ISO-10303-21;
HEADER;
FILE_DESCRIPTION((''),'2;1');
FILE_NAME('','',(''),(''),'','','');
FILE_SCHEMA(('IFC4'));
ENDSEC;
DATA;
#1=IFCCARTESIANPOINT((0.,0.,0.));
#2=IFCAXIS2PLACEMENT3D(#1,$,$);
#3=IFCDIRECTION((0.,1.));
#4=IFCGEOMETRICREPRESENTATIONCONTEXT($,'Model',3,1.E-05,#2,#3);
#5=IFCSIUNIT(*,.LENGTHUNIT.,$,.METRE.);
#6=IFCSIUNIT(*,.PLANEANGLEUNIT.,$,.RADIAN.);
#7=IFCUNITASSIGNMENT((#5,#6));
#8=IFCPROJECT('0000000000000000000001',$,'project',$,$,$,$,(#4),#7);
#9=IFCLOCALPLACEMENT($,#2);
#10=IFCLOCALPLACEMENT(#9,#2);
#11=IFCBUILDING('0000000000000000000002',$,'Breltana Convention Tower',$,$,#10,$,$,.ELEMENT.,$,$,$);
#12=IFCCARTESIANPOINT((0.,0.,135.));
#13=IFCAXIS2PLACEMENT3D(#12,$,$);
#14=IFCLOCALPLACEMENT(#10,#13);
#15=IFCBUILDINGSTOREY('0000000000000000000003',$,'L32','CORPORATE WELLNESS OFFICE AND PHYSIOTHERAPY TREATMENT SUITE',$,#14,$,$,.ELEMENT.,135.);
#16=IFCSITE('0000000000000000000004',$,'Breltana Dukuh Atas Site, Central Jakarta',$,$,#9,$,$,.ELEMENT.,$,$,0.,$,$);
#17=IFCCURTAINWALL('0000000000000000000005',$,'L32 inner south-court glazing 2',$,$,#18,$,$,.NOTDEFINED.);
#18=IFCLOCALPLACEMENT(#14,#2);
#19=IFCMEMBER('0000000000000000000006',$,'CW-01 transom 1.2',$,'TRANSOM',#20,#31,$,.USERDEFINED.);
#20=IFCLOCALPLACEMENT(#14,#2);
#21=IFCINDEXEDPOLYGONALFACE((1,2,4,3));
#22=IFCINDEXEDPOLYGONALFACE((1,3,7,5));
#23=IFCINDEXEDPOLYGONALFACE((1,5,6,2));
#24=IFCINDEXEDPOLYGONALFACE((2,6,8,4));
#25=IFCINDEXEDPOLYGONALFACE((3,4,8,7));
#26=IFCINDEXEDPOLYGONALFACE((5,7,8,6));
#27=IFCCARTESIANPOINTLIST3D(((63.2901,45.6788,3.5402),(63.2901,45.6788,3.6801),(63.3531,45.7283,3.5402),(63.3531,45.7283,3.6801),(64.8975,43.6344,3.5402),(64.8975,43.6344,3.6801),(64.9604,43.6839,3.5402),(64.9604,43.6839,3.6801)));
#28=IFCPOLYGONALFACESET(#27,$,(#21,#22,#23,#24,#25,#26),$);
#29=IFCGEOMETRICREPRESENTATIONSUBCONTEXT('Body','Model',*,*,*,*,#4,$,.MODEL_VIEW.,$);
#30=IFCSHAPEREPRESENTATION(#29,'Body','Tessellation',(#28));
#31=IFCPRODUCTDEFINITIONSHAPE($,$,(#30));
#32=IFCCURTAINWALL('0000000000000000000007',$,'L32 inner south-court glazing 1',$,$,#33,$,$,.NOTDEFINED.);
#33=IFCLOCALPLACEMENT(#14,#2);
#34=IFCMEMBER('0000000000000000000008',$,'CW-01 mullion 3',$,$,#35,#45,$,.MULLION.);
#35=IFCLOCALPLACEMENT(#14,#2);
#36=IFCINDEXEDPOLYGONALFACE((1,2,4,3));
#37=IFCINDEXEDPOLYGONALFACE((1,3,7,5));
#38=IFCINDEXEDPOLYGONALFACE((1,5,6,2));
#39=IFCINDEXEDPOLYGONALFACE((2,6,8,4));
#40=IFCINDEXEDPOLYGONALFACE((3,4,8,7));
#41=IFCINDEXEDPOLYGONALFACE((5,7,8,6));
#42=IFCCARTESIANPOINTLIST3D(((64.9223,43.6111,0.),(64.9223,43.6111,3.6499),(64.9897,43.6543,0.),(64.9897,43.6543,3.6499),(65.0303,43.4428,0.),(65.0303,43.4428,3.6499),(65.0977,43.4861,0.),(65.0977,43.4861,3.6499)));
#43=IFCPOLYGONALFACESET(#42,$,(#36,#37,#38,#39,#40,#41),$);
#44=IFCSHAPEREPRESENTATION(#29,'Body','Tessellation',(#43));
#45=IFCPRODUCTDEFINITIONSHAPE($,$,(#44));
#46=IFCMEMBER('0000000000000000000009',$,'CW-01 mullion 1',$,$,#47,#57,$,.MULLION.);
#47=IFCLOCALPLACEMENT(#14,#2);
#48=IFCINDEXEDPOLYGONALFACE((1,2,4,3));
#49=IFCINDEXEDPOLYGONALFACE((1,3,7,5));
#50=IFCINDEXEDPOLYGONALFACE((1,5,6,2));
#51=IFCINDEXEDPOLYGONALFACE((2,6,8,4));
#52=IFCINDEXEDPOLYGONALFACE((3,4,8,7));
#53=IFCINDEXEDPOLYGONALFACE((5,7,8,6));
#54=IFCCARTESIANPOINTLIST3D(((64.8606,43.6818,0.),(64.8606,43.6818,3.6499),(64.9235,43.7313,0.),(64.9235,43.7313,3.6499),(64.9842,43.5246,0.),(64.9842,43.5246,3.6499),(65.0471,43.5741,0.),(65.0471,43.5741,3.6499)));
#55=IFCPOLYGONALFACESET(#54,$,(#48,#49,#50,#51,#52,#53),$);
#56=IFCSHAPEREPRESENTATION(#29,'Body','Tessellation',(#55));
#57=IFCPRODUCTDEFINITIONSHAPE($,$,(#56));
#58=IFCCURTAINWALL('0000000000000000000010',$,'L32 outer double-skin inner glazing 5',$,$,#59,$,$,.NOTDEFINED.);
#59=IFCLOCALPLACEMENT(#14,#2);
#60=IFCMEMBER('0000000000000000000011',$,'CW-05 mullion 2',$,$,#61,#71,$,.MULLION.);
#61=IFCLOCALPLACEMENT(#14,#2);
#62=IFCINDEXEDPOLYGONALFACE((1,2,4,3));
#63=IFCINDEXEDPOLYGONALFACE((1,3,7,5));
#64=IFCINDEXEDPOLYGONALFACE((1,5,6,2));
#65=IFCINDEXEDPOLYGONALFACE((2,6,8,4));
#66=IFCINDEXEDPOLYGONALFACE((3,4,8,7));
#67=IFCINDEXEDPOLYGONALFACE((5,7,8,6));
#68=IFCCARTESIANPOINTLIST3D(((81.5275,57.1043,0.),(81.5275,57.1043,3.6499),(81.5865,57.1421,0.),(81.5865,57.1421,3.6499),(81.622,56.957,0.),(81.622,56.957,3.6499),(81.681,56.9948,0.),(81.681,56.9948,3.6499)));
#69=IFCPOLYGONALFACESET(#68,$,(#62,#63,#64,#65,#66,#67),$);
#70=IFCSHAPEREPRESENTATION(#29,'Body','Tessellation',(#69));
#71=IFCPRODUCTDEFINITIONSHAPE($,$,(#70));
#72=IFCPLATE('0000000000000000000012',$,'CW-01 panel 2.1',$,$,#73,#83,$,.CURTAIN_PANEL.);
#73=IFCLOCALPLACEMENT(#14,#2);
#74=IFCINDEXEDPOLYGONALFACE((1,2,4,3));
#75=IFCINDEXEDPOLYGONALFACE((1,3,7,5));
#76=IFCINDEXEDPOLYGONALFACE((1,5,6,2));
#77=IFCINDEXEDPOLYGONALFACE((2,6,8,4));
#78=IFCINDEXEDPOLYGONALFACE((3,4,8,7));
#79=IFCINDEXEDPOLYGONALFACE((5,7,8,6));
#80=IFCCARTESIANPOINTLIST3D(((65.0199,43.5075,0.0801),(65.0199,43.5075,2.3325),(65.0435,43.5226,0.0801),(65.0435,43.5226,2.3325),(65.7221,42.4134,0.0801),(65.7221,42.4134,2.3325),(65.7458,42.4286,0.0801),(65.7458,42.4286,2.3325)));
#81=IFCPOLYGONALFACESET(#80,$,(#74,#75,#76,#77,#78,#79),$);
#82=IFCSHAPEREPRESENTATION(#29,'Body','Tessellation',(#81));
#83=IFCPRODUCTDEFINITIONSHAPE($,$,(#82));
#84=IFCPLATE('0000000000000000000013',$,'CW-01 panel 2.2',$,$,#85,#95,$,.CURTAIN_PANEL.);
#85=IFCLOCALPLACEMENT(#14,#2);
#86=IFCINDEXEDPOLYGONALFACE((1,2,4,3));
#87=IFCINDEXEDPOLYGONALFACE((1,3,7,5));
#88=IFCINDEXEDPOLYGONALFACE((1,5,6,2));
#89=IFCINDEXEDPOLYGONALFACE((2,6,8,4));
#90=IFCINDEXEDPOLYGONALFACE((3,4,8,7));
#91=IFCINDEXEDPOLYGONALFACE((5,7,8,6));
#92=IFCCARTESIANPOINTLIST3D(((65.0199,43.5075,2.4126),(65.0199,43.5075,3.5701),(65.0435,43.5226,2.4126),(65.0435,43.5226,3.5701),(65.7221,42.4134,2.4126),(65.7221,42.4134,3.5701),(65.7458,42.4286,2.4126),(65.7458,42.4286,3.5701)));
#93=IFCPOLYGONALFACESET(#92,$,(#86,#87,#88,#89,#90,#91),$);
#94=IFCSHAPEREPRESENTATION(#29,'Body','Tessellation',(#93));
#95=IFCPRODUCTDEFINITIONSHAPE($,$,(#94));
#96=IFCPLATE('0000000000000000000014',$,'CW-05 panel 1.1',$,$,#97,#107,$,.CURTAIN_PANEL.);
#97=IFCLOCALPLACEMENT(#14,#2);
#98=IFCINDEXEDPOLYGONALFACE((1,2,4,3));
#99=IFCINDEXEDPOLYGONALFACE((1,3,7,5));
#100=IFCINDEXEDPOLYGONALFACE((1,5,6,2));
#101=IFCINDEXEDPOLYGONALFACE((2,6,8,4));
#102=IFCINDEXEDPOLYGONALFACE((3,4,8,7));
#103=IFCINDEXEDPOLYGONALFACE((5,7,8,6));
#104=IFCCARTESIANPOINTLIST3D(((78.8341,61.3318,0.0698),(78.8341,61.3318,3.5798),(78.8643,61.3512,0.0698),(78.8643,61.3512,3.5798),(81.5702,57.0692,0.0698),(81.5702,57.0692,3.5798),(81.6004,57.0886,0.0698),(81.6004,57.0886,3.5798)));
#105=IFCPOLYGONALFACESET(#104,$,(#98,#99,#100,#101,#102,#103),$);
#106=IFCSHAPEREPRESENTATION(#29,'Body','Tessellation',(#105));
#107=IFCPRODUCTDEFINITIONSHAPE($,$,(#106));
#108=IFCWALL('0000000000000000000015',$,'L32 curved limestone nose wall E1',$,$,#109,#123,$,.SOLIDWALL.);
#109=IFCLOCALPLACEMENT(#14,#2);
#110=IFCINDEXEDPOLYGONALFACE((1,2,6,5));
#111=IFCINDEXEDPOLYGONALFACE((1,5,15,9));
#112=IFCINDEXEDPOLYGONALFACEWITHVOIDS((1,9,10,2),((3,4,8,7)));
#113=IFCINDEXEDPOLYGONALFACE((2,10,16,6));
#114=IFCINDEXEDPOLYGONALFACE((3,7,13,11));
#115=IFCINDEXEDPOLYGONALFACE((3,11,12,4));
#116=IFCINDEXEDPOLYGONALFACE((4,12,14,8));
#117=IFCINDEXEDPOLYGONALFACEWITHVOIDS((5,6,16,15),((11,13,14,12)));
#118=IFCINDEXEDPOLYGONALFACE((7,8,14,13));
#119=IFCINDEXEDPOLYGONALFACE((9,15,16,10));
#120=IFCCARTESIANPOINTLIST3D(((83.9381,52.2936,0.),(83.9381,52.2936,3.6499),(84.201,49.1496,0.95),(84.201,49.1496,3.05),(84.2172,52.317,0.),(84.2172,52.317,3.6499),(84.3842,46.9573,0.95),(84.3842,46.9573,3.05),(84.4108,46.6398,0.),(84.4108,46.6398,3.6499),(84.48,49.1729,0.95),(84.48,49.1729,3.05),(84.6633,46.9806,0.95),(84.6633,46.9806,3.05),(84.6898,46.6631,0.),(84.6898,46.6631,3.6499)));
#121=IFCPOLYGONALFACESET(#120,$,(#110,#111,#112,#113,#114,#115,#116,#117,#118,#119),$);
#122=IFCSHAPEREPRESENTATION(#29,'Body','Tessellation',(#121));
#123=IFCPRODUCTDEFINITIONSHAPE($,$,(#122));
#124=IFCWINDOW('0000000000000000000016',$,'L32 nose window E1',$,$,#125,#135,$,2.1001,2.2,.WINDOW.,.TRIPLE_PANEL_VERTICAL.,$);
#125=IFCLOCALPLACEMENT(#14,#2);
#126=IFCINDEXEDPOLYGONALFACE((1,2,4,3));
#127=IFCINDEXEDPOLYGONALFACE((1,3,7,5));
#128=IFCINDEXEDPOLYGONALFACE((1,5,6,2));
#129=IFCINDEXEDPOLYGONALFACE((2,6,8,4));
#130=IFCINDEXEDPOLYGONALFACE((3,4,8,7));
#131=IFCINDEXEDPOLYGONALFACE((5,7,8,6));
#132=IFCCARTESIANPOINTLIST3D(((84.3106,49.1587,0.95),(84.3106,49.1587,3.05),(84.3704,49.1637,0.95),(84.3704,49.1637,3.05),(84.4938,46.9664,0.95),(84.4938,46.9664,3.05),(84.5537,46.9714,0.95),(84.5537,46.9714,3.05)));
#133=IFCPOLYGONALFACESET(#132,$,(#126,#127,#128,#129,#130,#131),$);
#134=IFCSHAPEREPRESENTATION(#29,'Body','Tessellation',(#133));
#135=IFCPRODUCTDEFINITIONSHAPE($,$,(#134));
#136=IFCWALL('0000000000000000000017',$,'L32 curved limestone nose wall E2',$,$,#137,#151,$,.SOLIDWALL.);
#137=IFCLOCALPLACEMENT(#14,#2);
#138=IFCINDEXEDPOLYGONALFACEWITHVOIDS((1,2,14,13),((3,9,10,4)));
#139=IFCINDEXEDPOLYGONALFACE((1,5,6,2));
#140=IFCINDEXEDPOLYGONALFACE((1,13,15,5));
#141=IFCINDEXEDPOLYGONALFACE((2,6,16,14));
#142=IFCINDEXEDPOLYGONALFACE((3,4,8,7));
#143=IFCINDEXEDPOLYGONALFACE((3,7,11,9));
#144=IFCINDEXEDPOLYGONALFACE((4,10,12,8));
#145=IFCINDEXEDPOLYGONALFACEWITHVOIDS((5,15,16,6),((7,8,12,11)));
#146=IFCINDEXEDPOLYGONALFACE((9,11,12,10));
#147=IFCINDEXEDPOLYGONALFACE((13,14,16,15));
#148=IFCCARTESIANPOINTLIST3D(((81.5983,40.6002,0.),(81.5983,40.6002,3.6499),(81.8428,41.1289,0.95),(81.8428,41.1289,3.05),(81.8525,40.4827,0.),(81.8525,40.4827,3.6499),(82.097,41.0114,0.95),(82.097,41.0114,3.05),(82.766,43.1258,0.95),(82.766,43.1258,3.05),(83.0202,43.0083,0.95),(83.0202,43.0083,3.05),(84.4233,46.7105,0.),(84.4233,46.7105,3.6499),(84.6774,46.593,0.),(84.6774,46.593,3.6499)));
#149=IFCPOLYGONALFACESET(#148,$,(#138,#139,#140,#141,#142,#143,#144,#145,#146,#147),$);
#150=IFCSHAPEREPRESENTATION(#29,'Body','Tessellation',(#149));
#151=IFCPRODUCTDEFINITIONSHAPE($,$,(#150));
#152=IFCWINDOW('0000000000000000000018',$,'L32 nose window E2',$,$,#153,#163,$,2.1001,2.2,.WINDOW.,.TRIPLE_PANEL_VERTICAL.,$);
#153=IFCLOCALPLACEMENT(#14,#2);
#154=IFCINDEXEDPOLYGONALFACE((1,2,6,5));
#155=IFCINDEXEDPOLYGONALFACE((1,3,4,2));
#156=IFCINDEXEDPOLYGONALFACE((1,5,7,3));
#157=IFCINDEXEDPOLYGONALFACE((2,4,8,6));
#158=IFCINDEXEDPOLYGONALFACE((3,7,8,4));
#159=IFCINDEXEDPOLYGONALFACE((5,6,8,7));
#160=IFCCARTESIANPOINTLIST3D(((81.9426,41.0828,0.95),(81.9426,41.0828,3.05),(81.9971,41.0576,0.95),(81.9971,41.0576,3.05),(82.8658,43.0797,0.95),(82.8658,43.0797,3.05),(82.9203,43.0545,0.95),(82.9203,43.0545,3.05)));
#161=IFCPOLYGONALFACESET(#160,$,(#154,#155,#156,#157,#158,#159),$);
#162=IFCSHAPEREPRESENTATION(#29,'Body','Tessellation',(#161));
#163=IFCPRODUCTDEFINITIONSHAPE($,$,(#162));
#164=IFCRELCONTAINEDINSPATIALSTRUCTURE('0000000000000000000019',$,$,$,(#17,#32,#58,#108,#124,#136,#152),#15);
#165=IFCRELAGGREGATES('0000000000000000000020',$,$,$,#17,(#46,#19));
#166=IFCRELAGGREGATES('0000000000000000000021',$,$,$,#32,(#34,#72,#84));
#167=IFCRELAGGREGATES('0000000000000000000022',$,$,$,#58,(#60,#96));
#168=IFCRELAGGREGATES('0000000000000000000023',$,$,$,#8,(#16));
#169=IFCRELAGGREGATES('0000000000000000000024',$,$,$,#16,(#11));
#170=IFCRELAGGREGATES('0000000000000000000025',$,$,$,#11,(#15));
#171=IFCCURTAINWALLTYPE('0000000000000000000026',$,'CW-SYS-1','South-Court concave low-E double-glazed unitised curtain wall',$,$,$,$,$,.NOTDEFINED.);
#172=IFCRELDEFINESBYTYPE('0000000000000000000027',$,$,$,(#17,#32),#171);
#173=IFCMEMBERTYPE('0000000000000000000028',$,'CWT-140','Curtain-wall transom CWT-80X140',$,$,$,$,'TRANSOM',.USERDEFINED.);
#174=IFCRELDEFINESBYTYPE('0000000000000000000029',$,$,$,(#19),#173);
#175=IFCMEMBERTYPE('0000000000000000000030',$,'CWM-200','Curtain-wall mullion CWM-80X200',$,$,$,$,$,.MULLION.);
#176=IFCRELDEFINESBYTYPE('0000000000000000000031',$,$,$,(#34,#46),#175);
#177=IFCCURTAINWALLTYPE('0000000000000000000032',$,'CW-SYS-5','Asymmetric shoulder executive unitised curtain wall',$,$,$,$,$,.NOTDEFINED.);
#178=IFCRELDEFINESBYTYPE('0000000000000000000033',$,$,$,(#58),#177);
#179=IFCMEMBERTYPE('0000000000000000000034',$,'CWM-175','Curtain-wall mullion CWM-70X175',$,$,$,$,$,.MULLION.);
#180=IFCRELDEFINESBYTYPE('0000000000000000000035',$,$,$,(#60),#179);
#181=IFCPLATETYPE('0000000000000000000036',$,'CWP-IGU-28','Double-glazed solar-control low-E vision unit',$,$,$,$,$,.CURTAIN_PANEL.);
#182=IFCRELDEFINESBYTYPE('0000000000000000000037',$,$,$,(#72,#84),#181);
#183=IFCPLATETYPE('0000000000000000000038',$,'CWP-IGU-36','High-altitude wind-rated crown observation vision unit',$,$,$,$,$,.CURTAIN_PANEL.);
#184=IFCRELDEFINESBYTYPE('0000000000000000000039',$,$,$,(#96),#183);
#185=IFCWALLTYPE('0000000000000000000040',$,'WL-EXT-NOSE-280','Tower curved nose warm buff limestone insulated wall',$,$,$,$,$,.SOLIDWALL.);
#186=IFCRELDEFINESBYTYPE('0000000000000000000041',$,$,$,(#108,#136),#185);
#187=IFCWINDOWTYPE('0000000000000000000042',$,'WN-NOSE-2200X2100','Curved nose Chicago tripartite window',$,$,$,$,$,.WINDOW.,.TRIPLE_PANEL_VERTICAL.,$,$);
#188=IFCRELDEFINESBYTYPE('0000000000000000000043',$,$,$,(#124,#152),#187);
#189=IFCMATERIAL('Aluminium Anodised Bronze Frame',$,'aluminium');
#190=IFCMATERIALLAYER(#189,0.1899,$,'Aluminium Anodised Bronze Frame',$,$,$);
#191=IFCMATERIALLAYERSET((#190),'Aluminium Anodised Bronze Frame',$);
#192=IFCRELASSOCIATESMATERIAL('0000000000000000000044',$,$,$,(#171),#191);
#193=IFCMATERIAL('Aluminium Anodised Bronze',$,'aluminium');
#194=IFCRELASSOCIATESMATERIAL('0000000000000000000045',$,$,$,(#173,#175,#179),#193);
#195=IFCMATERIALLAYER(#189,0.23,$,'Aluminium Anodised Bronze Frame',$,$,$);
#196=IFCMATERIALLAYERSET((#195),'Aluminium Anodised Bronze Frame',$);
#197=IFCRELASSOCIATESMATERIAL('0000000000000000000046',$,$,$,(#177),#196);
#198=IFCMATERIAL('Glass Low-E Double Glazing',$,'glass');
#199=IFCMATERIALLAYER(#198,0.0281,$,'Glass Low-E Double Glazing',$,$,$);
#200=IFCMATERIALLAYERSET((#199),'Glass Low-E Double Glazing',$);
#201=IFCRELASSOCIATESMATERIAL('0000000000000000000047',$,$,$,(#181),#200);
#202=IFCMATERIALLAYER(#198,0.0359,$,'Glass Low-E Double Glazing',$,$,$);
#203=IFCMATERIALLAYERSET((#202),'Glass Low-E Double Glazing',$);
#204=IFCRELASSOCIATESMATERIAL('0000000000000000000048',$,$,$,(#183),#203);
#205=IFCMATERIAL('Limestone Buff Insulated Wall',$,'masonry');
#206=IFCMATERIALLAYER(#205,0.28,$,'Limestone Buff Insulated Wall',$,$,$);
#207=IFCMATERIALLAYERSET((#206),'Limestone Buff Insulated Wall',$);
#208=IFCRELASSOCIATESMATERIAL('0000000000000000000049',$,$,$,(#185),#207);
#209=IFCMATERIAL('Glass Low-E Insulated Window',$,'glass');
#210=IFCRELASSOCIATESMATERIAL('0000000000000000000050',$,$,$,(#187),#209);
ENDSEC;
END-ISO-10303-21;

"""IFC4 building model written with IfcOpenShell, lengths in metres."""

from ifc_helpers import new_model, si_unit, direction, frame, frame_2d, origin, origin_2d, place, context, subcontext, project, spatial, rectangle, extrude, source, transform, mapped, material, layer, layer_set, material_profile, profile_set, type_object, type_shapes, element, fill, aggregate, save


model = new_model("IFC4")

# Units and contexts
model_context = context("Model", 3, precision=1e-05, world=origin(), true_north=direction((0.0, 1.0)))
body_context = subcontext(model_context, "Body", "Model", "MODEL_VIEW")
ifc_project = project(units=[si_unit("LENGTHUNIT", "METRE"), si_unit("PLANEANGLEUNIT", "RADIAN")], contexts=[model_context])

# Site, building, storey
site_placement = place(None, origin())
site = spatial("IfcSite", under=ifc_project, at=site_placement, Name="Breltana Dukuh Atas Site, Central Jakarta", CompositionType="ELEMENT", RefElevation=0.0)
building_placement = place(site_placement, origin())
building = spatial("IfcBuilding", under=site, at=building_placement, Name="Breltana Convention Tower", CompositionType="ELEMENT")
storey_placement = place(building_placement, frame((0.0, 0.0, 135.0)))
storey = spatial("IfcBuildingStorey", under=building, at=storey_placement, Name="L32", Description="CORPORATE WELLNESS OFFICE AND PHYSIOTHERAPY TREATMENT SUITE", CompositionType="ELEMENT", Elevation=135.0)

# Curtain walls, members
ifc_material_1 = material(Name="Aluminium Anodised Bronze Frame", Category="aluminium")
ifc_layer_1 = layer(ifc_material_1, 0.1899, Name="Aluminium Anodised Bronze Frame")
ifc_layer_set_1 = layer_set([ifc_layer_1], Name="Aluminium Anodised Bronze Frame")
curtain_wall_type_1 = type_object("IfcCurtainWallType", Name="CW-SYS-1", Description="South-Court concave low-E double-glazed unitised curtain wall", PredefinedType="NOTDEFINED", material=ifc_layer_set_1)
curtain_wall_1_placement = place(storey_placement, origin())
curtain_wall_1 = element("IfcCurtainWall", 1, at=curtain_wall_1_placement, inside=storey, type_object=curtain_wall_type_1, Name="L32 inner south-court glazing 2", PredefinedType="NOTDEFINED")
ifc_material_2 = material(Name="Aluminium Anodised Bronze", Category="aluminium")
ifc_material_profile_1 = material_profile(ifc_material_2, rectangle(XDim=0.0801, YDim=0.1399, at=origin_2d()), Name="CWT-80X140")
ifc_profile_set_1 = profile_set([ifc_material_profile_1], Name="Aluminium Anodised Bronze")
member_type_1 = type_object("IfcMemberType", Name="CWT-140", Description="Curtain-wall transom CWT-80X140", ElementType="TRANSOM", PredefinedType="USERDEFINED", material=ifc_profile_set_1)
shared_shape_1 = source(origin(), body_context, "Body", "SweptSolid", [
    extrude(rectangle(XDim=0.0801, YDim=0.1399, at=origin_2d()), origin(), (0.0, 0.0, 1.0), 2.6006),
])
member_1_placement = place(storey_placement, frame((64.929, 43.6592, 3.6101), z_axis=(-0.618079, 0.786116, 0.0), x_axis=(-0.786116, -0.618079, 0.0)))
member_1 = element("IfcMember", 2, at=member_1_placement, type_object=member_type_1, Name="CW-01 transom 1.2", ObjectType="TRANSOM", PredefinedType="USERDEFINED", context=body_context, shape_type="MappedRepresentation", body=[
    mapped(shared_shape_1, transform((0.0, 0.0, 0.0), scale=1.0)),
])
curtain_wall_2_placement = place(storey_placement, origin())
curtain_wall_2 = element("IfcCurtainWall", 3, at=curtain_wall_2_placement, inside=storey, type_object=curtain_wall_type_1, Name="L32 inner south-court glazing 1", PredefinedType="NOTDEFINED")
ifc_material_profile_2 = material_profile(ifc_material_2, rectangle(XDim=0.0801, YDim=0.2, at=origin_2d()), Name="CWM-80X200")
ifc_profile_set_2 = profile_set([ifc_material_profile_2], Name="Aluminium Anodised Bronze")
member_type_2 = type_object("IfcMemberType", Name="CWM-200", Description="Curtain-wall mullion CWM-80X200", PredefinedType="MULLION", material=ifc_profile_set_2)
shared_shape_2 = source(origin(), body_context, "Body", "SweptSolid", [
    extrude(rectangle(XDim=0.0801, YDim=0.2, at=origin_2d()), origin(), (0.0, 0.0, 1.0), 3.6499),
])
member_2_placement = place(storey_placement, frame((65.01, 43.5486, 0.0), z_axis=(0.0, 0.0, 1.0), x_axis=(-0.841551, -0.540177, 0.0)))
member_2 = element("IfcMember", 4, at=member_2_placement, type_object=member_type_2, Name="CW-01 mullion 3", PredefinedType="MULLION", context=body_context, shape_type="MappedRepresentation", body=[
    mapped(shared_shape_2, transform((0.0, 0.0, 0.0), scale=1.0)),
])

# Member
member_3_placement = place(storey_placement, frame((64.9539, 43.6279, 0.0), z_axis=(0.0, 0.0, 1.0), x_axis=(-0.786054, -0.618157, 0.0)))
member_3 = element("IfcMember", 5, at=member_3_placement, type_object=member_type_2, Name="CW-01 mullion 1", PredefinedType="MULLION", context=body_context, shape_type="MappedRepresentation", body=[
    mapped(shared_shape_2, transform((0.0, 0.0, 0.0), scale=1.0)),
])
aggregate(curtain_wall_1, [member_3, member_1])

# Curtain wall, member
ifc_layer_2 = layer(ifc_material_1, 0.23, Name="Aluminium Anodised Bronze Frame")
ifc_layer_set_2 = layer_set([ifc_layer_2], Name="Aluminium Anodised Bronze Frame")
curtain_wall_type_2 = type_object("IfcCurtainWallType", Name="CW-SYS-5", Description="Asymmetric shoulder executive unitised curtain wall", PredefinedType="NOTDEFINED", material=ifc_layer_set_2)
curtain_wall_3_placement = place(storey_placement, origin())
curtain_wall_3 = element("IfcCurtainWall", 6, at=curtain_wall_3_placement, inside=storey, type_object=curtain_wall_type_2, Name="L32 outer double-skin inner glazing 5", PredefinedType="NOTDEFINED")
ifc_material_profile_3 = material_profile(ifc_material_2, rectangle(XDim=0.0701, YDim=0.175, at=origin_2d()), Name="CWM-70X175")
ifc_profile_set_3 = profile_set([ifc_material_profile_3], Name="Aluminium Anodised Bronze")
member_type_3 = type_object("IfcMemberType", Name="CWM-175", Description="Curtain-wall mullion CWM-70X175", PredefinedType="MULLION", material=ifc_profile_set_3)
shared_shape_3 = source(origin(), body_context, "Body", "SweptSolid", [
    extrude(rectangle(XDim=0.0701, YDim=0.175, at=origin_2d()), origin(), (0.0, 0.0, 1.0), 3.6499),
])
member_4_placement = place(storey_placement, frame((81.6042, 57.0496, 0.0), z_axis=(0.0, 0.0, 1.0), x_axis=(0.841552, 0.540177, 0.0)))
member_4 = element("IfcMember", 7, at=member_4_placement, type_object=member_type_3, Name="CW-05 mullion 2", PredefinedType="MULLION", context=body_context, shape_type="MappedRepresentation", body=[
    mapped(shared_shape_3, transform((0.0, 0.0, 0.0), scale=1.0)),
])

# Plates
ifc_material_3 = material(Name="Glass Low-E Double Glazing", Category="glass")
ifc_layer_3 = layer(ifc_material_3, 0.0281, Name="Glass Low-E Double Glazing")
ifc_layer_set_3 = layer_set([ifc_layer_3], Name="Glass Low-E Double Glazing")
plate_type_1 = type_object("IfcPlateType", Name="CWP-IGU-28", Description="Double-glazed solar-control low-E vision unit", PredefinedType="CURTAIN_PANEL", material=ifc_layer_set_3)
shared_shape_4 = source(origin(), body_context, "Body", "SweptSolid", [
    extrude(rectangle(XDim=1.3, YDim=0.0281, at=origin_2d()), origin(), (0.0, 0.0, 1.0), 2.2524),
])
plate_1_placement = place(storey_placement, frame((65.3828, 42.968, 0.0801), z_axis=(0.0, 0.0, 1.0), x_axis=(-0.540177, 0.841551, 0.0)))
plate_1 = element("IfcPlate", 8, at=plate_1_placement, type_object=plate_type_1, Name="CW-01 panel 2.1", PredefinedType="CURTAIN_PANEL", context=body_context, shape_type="MappedRepresentation", body=[
    mapped(shared_shape_4, transform((0.0, 0.0, 0.0), scale=1.0)),
])
shared_shape_5 = source(origin(), body_context, "Body", "SweptSolid", [
    extrude(rectangle(XDim=1.3, YDim=0.0281, at=origin_2d()), origin(), (0.0, 0.0, 1.0), 1.1575),
])
plate_2_placement = place(storey_placement, frame((65.3828, 42.968, 2.4126), z_axis=(0.0, 0.0, 1.0), x_axis=(-0.540177, 0.841551, 0.0)))
plate_2 = element("IfcPlate", 9, at=plate_2_placement, type_object=plate_type_1, Name="CW-01 panel 2.2", PredefinedType="CURTAIN_PANEL", context=body_context, shape_type="MappedRepresentation", body=[
    mapped(shared_shape_5, transform((0.0, 0.0, 0.0), scale=1.0)),
])
aggregate(curtain_wall_2, [member_2, plate_1, plate_2])
ifc_layer_4 = layer(ifc_material_3, 0.0359, Name="Glass Low-E Double Glazing")
ifc_layer_set_4 = layer_set([ifc_layer_4], Name="Glass Low-E Double Glazing")
plate_type_2 = type_object("IfcPlateType", Name="CWP-IGU-36", Description="High-altitude wind-rated crown observation vision unit", PredefinedType="CURTAIN_PANEL", material=ifc_layer_set_4)
shared_shape_6 = source(origin(), body_context, "Body", "SweptSolid", [
    extrude(rectangle(XDim=5.0652, YDim=0.0359, at=origin_2d()), origin(), (0.0, 0.0, 1.0), 3.51),
])
plate_3_placement = place(storey_placement, frame((80.2173, 59.2102, 0.0698), z_axis=(0.0, 0.0, 1.0), x_axis=(0.540177, -0.841552, 0.0)))
plate_3 = element("IfcPlate", 10, at=plate_3_placement, type_object=plate_type_2, Name="CW-05 panel 1.1", PredefinedType="CURTAIN_PANEL", context=body_context, shape_type="MappedRepresentation", body=[
    mapped(shared_shape_6, transform((0.0, 0.0, 0.0), scale=1.0)),
])
aggregate(curtain_wall_3, [member_4, plate_3])

# Walls, openings, windows
ifc_material_4 = material(Name="Limestone Buff Insulated Wall", Category="masonry")
ifc_layer_5 = layer(ifc_material_4, 0.28, Name="Limestone Buff Insulated Wall")
ifc_layer_set_5 = layer_set([ifc_layer_5], Name="Limestone Buff Insulated Wall")
wall_type = type_object("IfcWallType", Name="WL-EXT-NOSE-280", Description="Tower curved nose warm buff limestone insulated wall", PredefinedType="SOLIDWALL", material=ifc_layer_set_5)
shared_shape_7 = source(origin(), body_context, "Body", "SweptSolid", [
    extrude(rectangle(XDim=5.6736, YDim=0.28, at=frame_2d((2.8369, 0.0))), origin(), (0.0, 0.0, 1.0), 3.6499),
])
wall_1_placement = place(storey_placement, frame((84.0776, 52.3054, 0.0), z_axis=(0.0, 0.0, 1.0), x_axis=(0.083309, -0.996524, 0.0)))
wall_1 = element("IfcWall", 11, at=wall_1_placement, inside=storey, type_object=wall_type, Name="L32 curved limestone nose wall E1", PredefinedType="SOLIDWALL", context=body_context, shape_type="MappedRepresentation", body=[
    mapped(shared_shape_7, transform((0.0, 0.0, 0.0), scale=1.0)),
])
opening_1_placement = place(wall_1_placement, frame((3.155, 0.0, 0.95)))
opening_1 = element("IfcOpeningElement", 12, at=opening_1_placement, cuts=wall_1, PredefinedType="OPENING", context=body_context, shape_type="SweptSolid", body=[
    extrude(rectangle(XDim=2.2, YDim=2.1001, at=frame_2d((1.1001, 1.05))), frame((0.0, 0.1499, 0.0), z_axis=(0.0, -1.0, 0.0), x_axis=(1.0, 0.0, 0.0)), (0.0, 0.0, 1.0), 0.3),
])
ifc_material_5 = material(Name="Glass Low-E Insulated Window", Category="glass")
window_type = type_object("IfcWindowType", Name="WN-NOSE-2200X2100", Description="Curved nose Chicago tripartite window", PartitioningType="TRIPLE_PANEL_VERTICAL", PredefinedType="WINDOW", material=ifc_material_5)
shared_shape_8 = source(origin(), body_context, "Body", "SweptSolid", [
    extrude(rectangle(XDim=2.2, YDim=2.1001, at=frame_2d((1.1001, 1.05))), frame((0.0, 0.03, 0.0), z_axis=(0.0, -1.0, 0.0), x_axis=(1.0, 0.0, 0.0)), (0.0, 0.0, 1.0), 0.0601),
])
type_shapes(window_type, [shared_shape_8])
window_1_placement = place(opening_1_placement, origin())
window_1 = element("IfcWindow", 13, at=window_1_placement, inside=storey, type_object=window_type, Name="L32 nose window E1", OverallHeight=2.1001, OverallWidth=2.2, PartitioningType="TRIPLE_PANEL_VERTICAL", PredefinedType="WINDOW", context=body_context, shape_type="MappedRepresentation", body=[
    mapped(shared_shape_8, transform((0.0, 0.0, 0.0), scale=1.0)),
])
fill(opening_1, window_1)
shared_shape_9 = source(origin(), body_context, "Body", "SweptSolid", [
    extrude(rectangle(XDim=6.7317, YDim=0.28, at=frame_2d((3.3657, 0.0))), origin(), (0.0, 0.0, 1.0), 3.6499),
])
wall_2_placement = place(storey_placement, frame((84.5503, 46.6516, 0.0), z_axis=(0.0, 0.0, 1.0), x_axis=(-0.419645, -0.907689, 0.0)))
wall_2 = element("IfcWall", 14, at=wall_2_placement, inside=storey, type_object=wall_type, Name="L32 curved limestone nose wall E2", PredefinedType="SOLIDWALL", context=body_context, shape_type="MappedRepresentation", body=[
    mapped(shared_shape_9, transform((0.0, 0.0, 0.0), scale=1.0)),
])
opening_2_placement = place(wall_2_placement, frame((3.949, 0.0, 0.95)))
opening_2 = element("IfcOpeningElement", 15, at=opening_2_placement, cuts=wall_2, PredefinedType="OPENING", context=body_context, shape_type="SweptSolid", body=[
    extrude(rectangle(XDim=2.2, YDim=2.1001, at=frame_2d((1.1001, 1.05))), frame((0.0, 0.1499, 0.0), z_axis=(0.0, -1.0, 0.0), x_axis=(1.0, 0.0, 0.0)), (0.0, 0.0, 1.0), 0.3),
])
window_2_placement = place(opening_2_placement, origin())
window_2 = element("IfcWindow", 16, at=window_2_placement, inside=storey, type_object=window_type, Name="L32 nose window E2", OverallHeight=2.1001, OverallWidth=2.2, PartitioningType="TRIPLE_PANEL_VERTICAL", PredefinedType="WINDOW", context=body_context, shape_type="MappedRepresentation", body=[
    mapped(shared_shape_8, transform((0.0, 0.0, 0.0), scale=1.0)),
])
fill(opening_2, window_2)

save(model, "model.ifc")
